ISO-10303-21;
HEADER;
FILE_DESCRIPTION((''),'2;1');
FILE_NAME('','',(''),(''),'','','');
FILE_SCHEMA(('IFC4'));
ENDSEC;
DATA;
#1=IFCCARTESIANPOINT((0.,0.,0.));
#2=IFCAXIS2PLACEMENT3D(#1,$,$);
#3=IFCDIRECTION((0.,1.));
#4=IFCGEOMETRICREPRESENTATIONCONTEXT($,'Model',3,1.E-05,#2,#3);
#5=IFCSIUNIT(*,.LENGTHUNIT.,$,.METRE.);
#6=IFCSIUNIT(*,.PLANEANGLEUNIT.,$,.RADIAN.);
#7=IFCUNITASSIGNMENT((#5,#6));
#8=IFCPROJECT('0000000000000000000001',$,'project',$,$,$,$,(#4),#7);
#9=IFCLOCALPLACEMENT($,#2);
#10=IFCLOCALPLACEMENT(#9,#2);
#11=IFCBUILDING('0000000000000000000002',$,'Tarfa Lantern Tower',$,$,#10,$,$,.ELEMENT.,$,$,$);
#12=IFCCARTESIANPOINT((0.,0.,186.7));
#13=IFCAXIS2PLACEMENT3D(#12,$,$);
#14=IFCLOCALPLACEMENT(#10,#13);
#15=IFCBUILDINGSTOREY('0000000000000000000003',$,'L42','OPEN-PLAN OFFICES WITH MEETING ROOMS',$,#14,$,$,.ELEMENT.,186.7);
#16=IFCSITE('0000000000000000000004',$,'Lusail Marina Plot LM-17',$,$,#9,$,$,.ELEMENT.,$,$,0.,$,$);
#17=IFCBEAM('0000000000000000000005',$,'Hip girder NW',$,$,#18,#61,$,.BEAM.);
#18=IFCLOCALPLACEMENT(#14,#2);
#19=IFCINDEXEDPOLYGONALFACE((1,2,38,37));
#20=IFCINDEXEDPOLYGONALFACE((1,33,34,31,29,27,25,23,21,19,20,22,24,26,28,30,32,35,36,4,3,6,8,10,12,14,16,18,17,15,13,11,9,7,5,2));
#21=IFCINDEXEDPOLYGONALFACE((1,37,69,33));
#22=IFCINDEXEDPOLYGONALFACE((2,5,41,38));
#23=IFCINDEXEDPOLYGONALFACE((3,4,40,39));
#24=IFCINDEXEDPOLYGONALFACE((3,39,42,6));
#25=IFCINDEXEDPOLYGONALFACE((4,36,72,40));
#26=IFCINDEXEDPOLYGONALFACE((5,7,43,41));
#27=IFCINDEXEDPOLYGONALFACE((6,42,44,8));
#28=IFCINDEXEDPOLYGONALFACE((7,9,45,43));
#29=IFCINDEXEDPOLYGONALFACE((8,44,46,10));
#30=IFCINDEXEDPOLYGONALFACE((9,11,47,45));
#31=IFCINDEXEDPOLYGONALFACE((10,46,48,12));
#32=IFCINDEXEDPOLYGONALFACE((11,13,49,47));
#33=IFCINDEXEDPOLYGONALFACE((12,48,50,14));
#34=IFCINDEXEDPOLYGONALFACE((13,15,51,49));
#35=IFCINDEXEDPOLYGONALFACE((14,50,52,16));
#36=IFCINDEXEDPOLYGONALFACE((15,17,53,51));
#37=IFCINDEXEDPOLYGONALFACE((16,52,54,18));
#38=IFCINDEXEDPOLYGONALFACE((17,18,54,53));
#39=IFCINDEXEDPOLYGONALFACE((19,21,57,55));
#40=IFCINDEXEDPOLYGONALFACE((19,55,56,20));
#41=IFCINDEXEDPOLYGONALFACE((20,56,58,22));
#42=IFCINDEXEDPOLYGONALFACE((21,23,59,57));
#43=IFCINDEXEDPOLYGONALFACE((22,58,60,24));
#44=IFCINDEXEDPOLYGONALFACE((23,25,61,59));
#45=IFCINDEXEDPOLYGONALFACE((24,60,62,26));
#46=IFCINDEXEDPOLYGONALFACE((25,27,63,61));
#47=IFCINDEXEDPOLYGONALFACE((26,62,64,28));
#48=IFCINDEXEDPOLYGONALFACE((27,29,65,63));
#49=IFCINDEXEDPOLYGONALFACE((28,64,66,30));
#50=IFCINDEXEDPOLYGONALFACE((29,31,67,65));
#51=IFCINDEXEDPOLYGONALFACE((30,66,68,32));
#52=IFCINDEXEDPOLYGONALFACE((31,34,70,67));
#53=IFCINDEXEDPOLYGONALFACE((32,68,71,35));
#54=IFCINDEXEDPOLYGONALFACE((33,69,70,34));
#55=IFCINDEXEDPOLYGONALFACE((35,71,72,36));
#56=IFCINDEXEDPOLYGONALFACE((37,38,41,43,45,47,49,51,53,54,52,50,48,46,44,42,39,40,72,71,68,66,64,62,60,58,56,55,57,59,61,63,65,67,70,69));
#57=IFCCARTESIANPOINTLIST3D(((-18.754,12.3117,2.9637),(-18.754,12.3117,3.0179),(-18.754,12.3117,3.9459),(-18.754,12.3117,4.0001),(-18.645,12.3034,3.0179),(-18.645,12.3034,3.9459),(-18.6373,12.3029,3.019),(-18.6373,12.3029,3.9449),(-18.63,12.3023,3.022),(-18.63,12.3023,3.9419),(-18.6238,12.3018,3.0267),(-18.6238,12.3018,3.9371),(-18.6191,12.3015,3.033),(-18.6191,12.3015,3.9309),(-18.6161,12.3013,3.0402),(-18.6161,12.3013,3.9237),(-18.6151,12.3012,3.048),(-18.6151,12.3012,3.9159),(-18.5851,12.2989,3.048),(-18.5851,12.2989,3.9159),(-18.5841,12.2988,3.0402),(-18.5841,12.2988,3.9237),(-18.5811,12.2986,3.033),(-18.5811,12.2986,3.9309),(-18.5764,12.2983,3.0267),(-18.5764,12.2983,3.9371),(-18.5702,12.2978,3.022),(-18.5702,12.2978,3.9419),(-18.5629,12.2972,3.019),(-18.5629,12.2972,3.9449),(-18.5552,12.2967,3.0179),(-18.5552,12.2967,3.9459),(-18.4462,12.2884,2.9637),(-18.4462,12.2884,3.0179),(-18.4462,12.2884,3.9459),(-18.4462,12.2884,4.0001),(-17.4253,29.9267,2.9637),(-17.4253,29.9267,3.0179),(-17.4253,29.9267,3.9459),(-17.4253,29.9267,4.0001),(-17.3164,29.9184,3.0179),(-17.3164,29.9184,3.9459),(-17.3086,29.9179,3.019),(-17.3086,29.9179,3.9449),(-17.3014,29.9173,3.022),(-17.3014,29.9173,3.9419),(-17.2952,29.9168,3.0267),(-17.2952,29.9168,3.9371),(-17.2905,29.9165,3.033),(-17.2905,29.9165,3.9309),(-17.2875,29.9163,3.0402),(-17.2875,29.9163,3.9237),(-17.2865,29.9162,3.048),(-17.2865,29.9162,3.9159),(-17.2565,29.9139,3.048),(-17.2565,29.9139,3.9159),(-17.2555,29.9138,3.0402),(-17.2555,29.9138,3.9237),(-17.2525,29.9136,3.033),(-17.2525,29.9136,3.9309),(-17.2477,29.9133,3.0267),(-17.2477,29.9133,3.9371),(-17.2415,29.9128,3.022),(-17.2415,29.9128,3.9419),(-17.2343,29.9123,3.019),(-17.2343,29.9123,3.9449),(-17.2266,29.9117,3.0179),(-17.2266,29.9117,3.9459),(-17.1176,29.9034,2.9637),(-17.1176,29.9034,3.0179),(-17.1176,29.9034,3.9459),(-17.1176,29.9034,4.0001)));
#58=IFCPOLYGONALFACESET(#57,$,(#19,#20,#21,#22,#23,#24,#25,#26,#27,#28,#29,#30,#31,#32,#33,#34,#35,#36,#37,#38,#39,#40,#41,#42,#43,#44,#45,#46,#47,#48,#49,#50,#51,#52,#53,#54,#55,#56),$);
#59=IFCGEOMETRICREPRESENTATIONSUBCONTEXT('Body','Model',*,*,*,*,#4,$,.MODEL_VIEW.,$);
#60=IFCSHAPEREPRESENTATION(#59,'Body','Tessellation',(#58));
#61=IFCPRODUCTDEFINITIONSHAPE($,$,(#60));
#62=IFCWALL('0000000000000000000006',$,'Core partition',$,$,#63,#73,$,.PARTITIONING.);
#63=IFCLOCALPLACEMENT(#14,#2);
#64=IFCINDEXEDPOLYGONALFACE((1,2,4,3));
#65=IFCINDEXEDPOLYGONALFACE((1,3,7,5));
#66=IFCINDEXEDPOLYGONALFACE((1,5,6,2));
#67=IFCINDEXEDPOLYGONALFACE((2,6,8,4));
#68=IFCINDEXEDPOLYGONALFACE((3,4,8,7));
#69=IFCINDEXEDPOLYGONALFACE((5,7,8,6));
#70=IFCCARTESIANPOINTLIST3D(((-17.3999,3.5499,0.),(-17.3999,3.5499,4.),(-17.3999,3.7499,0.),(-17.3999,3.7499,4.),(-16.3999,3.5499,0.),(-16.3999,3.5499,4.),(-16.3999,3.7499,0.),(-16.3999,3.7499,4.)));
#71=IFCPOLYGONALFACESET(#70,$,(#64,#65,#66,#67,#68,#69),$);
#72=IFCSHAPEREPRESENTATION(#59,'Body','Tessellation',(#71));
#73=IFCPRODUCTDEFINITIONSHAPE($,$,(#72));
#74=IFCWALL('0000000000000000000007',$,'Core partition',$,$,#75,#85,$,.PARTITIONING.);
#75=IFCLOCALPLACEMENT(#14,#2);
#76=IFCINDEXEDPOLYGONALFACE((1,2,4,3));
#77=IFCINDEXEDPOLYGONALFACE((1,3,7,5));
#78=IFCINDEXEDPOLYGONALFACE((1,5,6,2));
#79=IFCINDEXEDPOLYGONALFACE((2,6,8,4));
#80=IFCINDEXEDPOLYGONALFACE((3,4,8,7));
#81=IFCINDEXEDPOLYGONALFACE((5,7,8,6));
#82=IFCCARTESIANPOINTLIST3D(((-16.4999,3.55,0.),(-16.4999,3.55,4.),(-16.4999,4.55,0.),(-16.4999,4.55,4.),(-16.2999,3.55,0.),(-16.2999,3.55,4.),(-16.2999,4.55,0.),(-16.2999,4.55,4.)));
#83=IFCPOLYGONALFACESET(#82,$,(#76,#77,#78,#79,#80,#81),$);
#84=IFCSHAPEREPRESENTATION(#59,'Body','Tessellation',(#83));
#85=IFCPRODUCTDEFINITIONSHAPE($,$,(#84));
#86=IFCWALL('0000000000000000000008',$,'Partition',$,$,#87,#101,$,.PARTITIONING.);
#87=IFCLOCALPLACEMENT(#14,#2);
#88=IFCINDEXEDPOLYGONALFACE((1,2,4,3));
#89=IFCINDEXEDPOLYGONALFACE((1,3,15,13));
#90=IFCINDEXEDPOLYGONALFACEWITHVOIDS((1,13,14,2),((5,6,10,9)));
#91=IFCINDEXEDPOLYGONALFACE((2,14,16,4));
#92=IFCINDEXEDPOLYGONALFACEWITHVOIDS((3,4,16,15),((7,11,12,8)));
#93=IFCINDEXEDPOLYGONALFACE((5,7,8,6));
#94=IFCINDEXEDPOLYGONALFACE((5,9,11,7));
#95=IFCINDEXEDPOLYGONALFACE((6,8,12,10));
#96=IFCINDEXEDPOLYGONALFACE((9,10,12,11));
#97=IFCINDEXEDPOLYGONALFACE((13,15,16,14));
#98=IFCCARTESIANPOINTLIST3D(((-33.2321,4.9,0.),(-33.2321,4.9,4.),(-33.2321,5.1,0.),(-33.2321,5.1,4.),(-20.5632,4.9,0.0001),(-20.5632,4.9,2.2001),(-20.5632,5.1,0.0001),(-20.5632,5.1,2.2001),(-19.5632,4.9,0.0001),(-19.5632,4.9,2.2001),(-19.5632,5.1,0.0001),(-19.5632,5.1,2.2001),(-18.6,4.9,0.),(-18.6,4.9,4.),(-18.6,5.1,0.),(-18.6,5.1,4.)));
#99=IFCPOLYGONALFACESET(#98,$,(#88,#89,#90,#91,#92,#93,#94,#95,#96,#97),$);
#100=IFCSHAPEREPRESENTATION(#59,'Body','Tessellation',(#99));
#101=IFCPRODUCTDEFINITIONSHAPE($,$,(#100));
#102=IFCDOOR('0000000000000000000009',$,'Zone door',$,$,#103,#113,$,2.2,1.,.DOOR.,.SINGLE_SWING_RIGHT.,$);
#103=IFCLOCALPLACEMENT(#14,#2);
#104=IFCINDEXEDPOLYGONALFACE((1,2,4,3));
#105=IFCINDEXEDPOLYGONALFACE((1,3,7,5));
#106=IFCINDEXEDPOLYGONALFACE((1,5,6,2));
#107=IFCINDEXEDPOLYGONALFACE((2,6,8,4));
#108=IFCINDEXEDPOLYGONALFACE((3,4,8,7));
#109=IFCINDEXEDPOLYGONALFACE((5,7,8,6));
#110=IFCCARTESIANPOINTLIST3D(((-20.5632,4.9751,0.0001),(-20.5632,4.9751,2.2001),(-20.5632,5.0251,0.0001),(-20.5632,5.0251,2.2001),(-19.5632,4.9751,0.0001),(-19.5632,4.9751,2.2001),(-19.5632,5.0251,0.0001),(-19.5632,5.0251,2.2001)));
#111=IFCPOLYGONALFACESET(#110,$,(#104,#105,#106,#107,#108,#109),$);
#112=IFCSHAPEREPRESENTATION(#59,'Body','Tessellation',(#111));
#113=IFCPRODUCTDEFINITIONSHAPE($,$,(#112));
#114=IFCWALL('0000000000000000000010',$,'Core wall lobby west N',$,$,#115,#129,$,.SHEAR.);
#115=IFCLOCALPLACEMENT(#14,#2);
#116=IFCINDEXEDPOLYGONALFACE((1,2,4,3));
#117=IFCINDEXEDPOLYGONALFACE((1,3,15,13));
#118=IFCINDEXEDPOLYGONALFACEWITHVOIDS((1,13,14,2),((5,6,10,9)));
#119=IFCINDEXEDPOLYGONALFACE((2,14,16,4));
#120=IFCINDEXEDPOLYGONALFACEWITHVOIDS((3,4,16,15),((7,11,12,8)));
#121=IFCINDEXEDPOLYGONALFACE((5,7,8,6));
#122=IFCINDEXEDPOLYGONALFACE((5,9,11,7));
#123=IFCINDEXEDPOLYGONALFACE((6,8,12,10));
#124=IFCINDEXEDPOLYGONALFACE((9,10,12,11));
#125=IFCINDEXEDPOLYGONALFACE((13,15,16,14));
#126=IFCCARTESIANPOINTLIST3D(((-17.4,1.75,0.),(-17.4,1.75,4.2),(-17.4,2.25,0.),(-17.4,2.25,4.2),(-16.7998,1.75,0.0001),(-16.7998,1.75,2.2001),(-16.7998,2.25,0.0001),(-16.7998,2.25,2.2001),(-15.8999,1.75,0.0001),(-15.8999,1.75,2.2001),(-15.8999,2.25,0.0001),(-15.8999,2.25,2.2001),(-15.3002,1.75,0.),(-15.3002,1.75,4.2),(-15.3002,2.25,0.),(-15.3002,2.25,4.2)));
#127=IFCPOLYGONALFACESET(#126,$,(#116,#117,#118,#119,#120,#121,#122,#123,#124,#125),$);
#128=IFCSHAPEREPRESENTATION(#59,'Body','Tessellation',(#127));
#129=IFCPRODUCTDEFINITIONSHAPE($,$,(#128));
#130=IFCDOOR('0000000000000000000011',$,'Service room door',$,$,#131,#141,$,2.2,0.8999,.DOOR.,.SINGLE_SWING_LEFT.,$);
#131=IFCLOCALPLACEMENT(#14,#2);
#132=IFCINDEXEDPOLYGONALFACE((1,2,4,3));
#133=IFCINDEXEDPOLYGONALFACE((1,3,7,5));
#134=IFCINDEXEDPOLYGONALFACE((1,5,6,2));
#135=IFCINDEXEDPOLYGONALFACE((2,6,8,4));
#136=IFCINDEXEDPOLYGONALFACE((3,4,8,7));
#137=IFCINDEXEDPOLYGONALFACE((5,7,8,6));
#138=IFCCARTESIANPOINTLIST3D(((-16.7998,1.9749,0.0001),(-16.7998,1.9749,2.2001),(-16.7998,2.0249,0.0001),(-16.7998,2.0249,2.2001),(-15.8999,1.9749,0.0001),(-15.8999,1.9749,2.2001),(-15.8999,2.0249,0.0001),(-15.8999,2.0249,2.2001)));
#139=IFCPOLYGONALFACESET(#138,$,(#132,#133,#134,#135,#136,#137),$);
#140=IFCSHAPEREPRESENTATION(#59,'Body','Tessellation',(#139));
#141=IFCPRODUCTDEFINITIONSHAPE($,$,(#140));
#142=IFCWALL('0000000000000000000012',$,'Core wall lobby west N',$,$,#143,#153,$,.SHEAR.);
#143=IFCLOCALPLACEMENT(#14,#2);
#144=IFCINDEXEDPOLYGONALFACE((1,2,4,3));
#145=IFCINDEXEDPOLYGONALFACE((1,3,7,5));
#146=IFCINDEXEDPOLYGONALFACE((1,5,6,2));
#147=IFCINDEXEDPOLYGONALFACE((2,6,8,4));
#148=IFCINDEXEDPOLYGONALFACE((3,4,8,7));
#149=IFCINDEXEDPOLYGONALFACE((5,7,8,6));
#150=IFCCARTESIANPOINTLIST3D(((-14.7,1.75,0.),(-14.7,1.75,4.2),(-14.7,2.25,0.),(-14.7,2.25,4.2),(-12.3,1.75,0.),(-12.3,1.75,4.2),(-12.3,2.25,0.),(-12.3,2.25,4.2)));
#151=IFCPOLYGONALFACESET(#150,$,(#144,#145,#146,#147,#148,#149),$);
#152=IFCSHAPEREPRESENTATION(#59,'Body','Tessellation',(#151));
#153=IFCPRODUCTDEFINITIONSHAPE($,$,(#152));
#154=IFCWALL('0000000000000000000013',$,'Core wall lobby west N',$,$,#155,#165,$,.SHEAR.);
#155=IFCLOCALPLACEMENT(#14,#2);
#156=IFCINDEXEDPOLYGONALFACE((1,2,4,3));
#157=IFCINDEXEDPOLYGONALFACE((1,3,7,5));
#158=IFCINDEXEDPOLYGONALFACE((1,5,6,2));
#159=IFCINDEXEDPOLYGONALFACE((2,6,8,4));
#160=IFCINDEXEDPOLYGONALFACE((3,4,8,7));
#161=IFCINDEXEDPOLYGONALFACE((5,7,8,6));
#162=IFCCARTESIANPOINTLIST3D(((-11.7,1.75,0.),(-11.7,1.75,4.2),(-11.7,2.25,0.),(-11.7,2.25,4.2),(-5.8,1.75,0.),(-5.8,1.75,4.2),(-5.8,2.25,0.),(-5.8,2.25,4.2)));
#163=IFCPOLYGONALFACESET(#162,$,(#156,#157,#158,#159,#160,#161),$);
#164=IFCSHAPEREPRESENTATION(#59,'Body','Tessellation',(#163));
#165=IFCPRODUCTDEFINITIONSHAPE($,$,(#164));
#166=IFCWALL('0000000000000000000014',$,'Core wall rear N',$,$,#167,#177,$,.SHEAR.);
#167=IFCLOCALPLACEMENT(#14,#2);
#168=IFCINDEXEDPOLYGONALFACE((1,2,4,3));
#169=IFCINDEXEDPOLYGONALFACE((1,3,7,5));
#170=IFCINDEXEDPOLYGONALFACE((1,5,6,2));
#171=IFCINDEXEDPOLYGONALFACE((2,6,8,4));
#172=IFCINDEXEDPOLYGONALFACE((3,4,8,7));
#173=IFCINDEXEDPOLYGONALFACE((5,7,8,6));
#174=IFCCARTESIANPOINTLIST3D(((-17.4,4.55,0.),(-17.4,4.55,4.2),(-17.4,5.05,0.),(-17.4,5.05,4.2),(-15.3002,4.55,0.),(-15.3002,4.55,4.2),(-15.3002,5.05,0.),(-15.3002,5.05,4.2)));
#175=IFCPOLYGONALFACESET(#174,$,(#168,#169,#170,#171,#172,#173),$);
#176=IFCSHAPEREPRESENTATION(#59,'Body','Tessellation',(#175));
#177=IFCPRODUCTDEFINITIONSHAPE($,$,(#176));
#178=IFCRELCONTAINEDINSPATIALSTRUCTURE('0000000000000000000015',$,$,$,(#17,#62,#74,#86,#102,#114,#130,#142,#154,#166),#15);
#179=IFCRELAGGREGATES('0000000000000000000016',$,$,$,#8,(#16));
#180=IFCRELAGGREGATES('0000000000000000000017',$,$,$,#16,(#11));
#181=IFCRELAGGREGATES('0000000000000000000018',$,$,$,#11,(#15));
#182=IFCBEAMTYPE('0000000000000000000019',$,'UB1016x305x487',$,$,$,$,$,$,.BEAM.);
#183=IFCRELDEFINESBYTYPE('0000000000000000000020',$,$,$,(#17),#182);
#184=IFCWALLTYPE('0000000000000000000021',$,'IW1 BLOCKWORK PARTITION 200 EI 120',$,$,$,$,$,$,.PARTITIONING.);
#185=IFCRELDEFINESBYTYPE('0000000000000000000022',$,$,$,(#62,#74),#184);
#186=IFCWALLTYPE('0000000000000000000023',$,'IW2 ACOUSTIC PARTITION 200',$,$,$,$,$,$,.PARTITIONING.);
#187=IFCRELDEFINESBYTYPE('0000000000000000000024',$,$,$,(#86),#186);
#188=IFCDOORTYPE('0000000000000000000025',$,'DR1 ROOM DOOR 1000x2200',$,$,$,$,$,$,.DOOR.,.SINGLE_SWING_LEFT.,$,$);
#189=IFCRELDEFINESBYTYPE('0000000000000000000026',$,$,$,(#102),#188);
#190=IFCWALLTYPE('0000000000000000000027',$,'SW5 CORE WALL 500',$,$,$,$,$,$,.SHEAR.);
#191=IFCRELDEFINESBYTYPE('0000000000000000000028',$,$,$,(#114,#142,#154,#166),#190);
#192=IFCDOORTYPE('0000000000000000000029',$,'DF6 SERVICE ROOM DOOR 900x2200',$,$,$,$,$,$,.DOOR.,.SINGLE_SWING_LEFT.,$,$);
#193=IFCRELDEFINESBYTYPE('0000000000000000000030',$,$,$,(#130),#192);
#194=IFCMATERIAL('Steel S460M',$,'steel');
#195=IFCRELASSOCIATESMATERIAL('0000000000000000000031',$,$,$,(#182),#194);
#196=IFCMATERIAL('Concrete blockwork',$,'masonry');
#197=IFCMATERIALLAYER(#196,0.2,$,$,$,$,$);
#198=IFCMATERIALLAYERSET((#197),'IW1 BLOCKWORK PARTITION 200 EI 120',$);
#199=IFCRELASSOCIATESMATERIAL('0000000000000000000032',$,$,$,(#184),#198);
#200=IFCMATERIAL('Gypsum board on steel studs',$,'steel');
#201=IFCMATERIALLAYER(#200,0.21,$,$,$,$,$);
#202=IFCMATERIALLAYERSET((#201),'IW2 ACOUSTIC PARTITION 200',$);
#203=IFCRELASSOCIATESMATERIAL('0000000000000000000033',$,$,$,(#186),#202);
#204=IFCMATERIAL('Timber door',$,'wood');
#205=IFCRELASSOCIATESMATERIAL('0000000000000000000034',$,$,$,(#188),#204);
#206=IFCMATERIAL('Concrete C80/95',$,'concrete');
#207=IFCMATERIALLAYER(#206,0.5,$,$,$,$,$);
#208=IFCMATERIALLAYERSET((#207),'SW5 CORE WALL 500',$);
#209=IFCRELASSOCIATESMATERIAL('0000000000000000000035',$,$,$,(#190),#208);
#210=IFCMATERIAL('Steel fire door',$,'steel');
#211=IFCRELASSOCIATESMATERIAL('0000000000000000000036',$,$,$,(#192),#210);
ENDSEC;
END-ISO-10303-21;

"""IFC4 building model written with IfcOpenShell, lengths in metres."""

from ifc_helpers import new_model, si_unit, direction, frame, frame_2d, origin, origin_2d, place, context, subcontext, project, spatial, rectangle, i_section, extrude, material, layer, layer_set, material_profile, profile_set, type_object, element, fill, save


model = new_model("IFC4")

# Units and contexts
model_context = context("Model", 3, precision=1e-05, world=origin(), true_north=direction((0.0, 1.0)))
body_context = subcontext(model_context, "Body", "Model", "MODEL_VIEW")
ifc_project = project(units=[si_unit("LENGTHUNIT", "METRE"), si_unit("PLANEANGLEUNIT", "RADIAN")], contexts=[model_context])

# Site, building, storey
site_placement = place(None, origin())
site = spatial("IfcSite", under=ifc_project, at=site_placement, Name="Lusail Marina Plot LM-17", CompositionType="ELEMENT", RefElevation=0.0)
building_placement = place(site_placement, origin())
building = spatial("IfcBuilding", under=site, at=building_placement, Name="Tarfa Lantern Tower", CompositionType="ELEMENT")
storey_placement = place(building_placement, frame((0.0, 0.0, 186.7)))
storey = spatial("IfcBuildingStorey", under=building, at=storey_placement, Name="L42", Description="OPEN-PLAN OFFICES WITH MEETING ROOMS", CompositionType="ELEMENT", Elevation=186.7)

# Beam
ifc_material_1 = material(Name="Steel S460M", Category="steel")
ifc_material_profile = material_profile(ifc_material_1, i_section(OverallWidth=0.3086, OverallDepth=1.0364, WebThickness=0.03, FlangeThickness=0.0542, FilletRadius=0.03, at=origin_2d()), Name="UB1016x305x487")
ifc_profile_set = profile_set([ifc_material_profile], Name="Steel S460M")
beam_type = type_object("IfcBeamType", Name="UB1016x305x487", PredefinedType="BEAM", material=ifc_profile_set)
beam_placement = place(storey_placement, frame((-18.6001, 12.3, 3.4819), z_axis=(0.075212, 0.997168, 0.0), x_axis=(-0.997168, 0.075212, 0.0)))
element("IfcBeam", 1, at=beam_placement, inside=storey, type_object=beam_type, Name="Hip girder NW", PredefinedType="BEAM", context=body_context, shape_type="SweptSolid", body=[
    extrude(i_section(OverallWidth=0.3086, OverallDepth=1.0364, WebThickness=0.03, FlangeThickness=0.0542, FilletRadius=0.03, at=origin_2d()), origin(), (0.0, 0.0, 1.0), 17.665),
])

# Walls
ifc_material_2 = material(Name="Concrete blockwork", Category="masonry")
ifc_layer_1 = layer(ifc_material_2, 0.2)
ifc_layer_set_1 = layer_set([ifc_layer_1], Name="IW1 BLOCKWORK PARTITION 200 EI 120")
wall_type_1 = type_object("IfcWallType", Name="IW1 BLOCKWORK PARTITION 200 EI 120", PredefinedType="PARTITIONING", material=ifc_layer_set_1)
for number, where, z_axis, x_axis, name in (
    (2, (-17.3999, 3.6499, 0.0), (0.0, 0.0, 1.0), (1.0, 0.0, 0.0), "Core partition"),
    (3, (-16.3999, 3.55, 0.0), (0.0, 0.0, 1.0), (0.0, 1.0, 0.0), "Core partition"),
):
    element("IfcWall", number, at=place(storey_placement, frame(where, z_axis=z_axis, x_axis=x_axis)), inside=storey, type_object=wall_type_1, Name=name, PredefinedType="PARTITIONING", context=body_context, shape_type="SweptSolid", body=[
        extrude(rectangle(XDim=1.0, YDim=0.2, at=frame_2d((0.5, 0.0))), origin(), (0.0, 0.0, 1.0), 4.0),
    ])

# Walls, openings, doors
ifc_material_3 = material(Name="Gypsum board on steel studs", Category="steel")
ifc_layer_2 = layer(ifc_material_3, 0.21)
ifc_layer_set_2 = layer_set([ifc_layer_2], Name="IW2 ACOUSTIC PARTITION 200")
wall_type_2 = type_object("IfcWallType", Name="IW2 ACOUSTIC PARTITION 200", PredefinedType="PARTITIONING", material=ifc_layer_set_2)
wall_1_placement = place(storey_placement, frame((-18.6001, 5.0, 0.0), z_axis=(0.0, 0.0, 1.0), x_axis=(-1.0, 0.0, 0.0)))
wall_1 = element("IfcWall", 4, at=wall_1_placement, inside=storey, type_object=wall_type_2, Name="Partition", PredefinedType="PARTITIONING", context=body_context, shape_type="SweptSolid", body=[
    extrude(rectangle(XDim=14.6321, YDim=0.2, at=frame_2d((7.3159, 0.0))), origin(), (0.0, 0.0, 1.0), 4.0),
])
opening_1_placement = place(wall_1_placement, frame((0.9631, 0.0, 0.0)))
opening_1 = element("IfcOpeningElement", 5, at=opening_1_placement, cuts=wall_1, PredefinedType="OPENING", context=body_context, shape_type="SweptSolid", body=[
    extrude(rectangle(XDim=1.0, YDim=2.2, at=frame_2d((0.5, 1.1001))), frame((0.0, 0.1099, 0.0), z_axis=(0.0, -1.0, 0.0), x_axis=(1.0, 0.0, 0.0)), (0.0, 0.0, 1.0), 0.22),
])
ifc_material_4 = material(Name="Timber door", Category="wood")
door_type_1 = type_object("IfcDoorType", Name="DR1 ROOM DOOR 1000x2200", OperationType="SINGLE_SWING_LEFT", PredefinedType="DOOR", material=ifc_material_4)
door_1_placement = place(opening_1_placement, origin())
door_1 = element("IfcDoor", 6, at=door_1_placement, inside=storey, type_object=door_type_1, Name="Zone door", OperationType="SINGLE_SWING_RIGHT", OverallHeight=2.2, OverallWidth=1.0, PredefinedType="DOOR", context=body_context, shape_type="SweptSolid", body=[
    extrude(rectangle(XDim=1.0, YDim=2.2, at=frame_2d((0.5, 1.1001))), frame((0.0, 0.0249, 0.0), z_axis=(0.0, -1.0, 0.0), x_axis=(1.0, 0.0, 0.0)), (0.0, 0.0, 1.0), 0.05),
])
fill(opening_1, door_1)
ifc_material_5 = material(Name="Concrete C80/95", Category="concrete")
ifc_material_6 = material(Name="Steel fire door", Category="steel")
ifc_layer_3 = layer(ifc_material_5, 0.5)
ifc_layer_set_3 = layer_set([ifc_layer_3], Name="SW5 CORE WALL 500")
wall_type_3 = type_object("IfcWallType", Name="SW5 CORE WALL 500", PredefinedType="SHEAR", material=ifc_layer_set_3)
wall_2_placement = place(storey_placement, frame((-17.3999, 2.0, 0.0), z_axis=(0.0, 0.0, 1.0), x_axis=(1.0, 0.0, 0.0)))
wall_2 = element("IfcWall", 7, at=wall_2_placement, inside=storey, type_object=wall_type_3, Name="Core wall lobby west N", PredefinedType="SHEAR", context=body_context, shape_type="SweptSolid", body=[
    extrude(rectangle(XDim=2.0999, YDim=0.5, at=frame_2d((1.0498, 0.0))), origin(), (0.0, 0.0, 1.0), 4.2),
])
opening_2_placement = place(wall_2_placement, frame((0.6001, 0.0, 0.0)))
opening_2 = element("IfcOpeningElement", 8, at=opening_2_placement, cuts=wall_2, PredefinedType="OPENING", context=body_context, shape_type="SweptSolid", body=[
    extrude(rectangle(XDim=0.8999, YDim=2.2, at=frame_2d((0.45, 1.1001))), frame((0.0, 0.26, 0.0), z_axis=(0.0, -1.0, 0.0), x_axis=(1.0, 0.0, 0.0)), (0.0, 0.0, 1.0), 0.52),
])
door_type_2 = type_object("IfcDoorType", Name="DF6 SERVICE ROOM DOOR 900x2200", OperationType="SINGLE_SWING_LEFT", PredefinedType="DOOR", material=ifc_material_6)
door_2_placement = place(opening_2_placement, origin())
door_2 = element("IfcDoor", 9, at=door_2_placement, inside=storey, type_object=door_type_2, Name="Service room door", OperationType="SINGLE_SWING_LEFT", OverallHeight=2.2, OverallWidth=0.8999, PredefinedType="DOOR", context=body_context, shape_type="SweptSolid", body=[
    extrude(rectangle(XDim=0.8999, YDim=2.2, at=frame_2d((0.45, 1.1001))), frame((0.0, 0.0249, 0.0), z_axis=(0.0, -1.0, 0.0), x_axis=(1.0, 0.0, 0.0)), (0.0, 0.0, 1.0), 0.05),
])
fill(opening_2, door_2)

# Walls
wall_3_placement = place(storey_placement, frame((-14.7, 2.0, 0.0), z_axis=(0.0, 0.0, 1.0), x_axis=(1.0, 0.0, 0.0)))
element("IfcWall", 10, at=wall_3_placement, inside=storey, type_object=wall_type_3, Name="Core wall lobby west N", PredefinedType="SHEAR", context=body_context, shape_type="SweptSolid", body=[
    extrude(rectangle(XDim=2.3999, YDim=0.5, at=frame_2d((1.2, 0.0))), origin(), (0.0, 0.0, 1.0), 4.2),
])
wall_4_placement = place(storey_placement, frame((-11.7, 2.0, 0.0), z_axis=(0.0, 0.0, 1.0), x_axis=(1.0, 0.0, 0.0)))
element("IfcWall", 11, at=wall_4_placement, inside=storey, type_object=wall_type_3, Name="Core wall lobby west N", PredefinedType="SHEAR", context=body_context, shape_type="SweptSolid", body=[
    extrude(rectangle(XDim=5.8999, YDim=0.5, at=frame_2d((2.95, 0.0))), origin(), (0.0, 0.0, 1.0), 4.2),
])
wall_5_placement = place(storey_placement, frame((-17.3999, 4.8, 0.0), z_axis=(0.0, 0.0, 1.0), x_axis=(1.0, 0.0, 0.0)))
element("IfcWall", 12, at=wall_5_placement, inside=storey, type_object=wall_type_3, Name="Core wall rear N", PredefinedType="SHEAR", context=body_context, shape_type="SweptSolid", body=[
    extrude(rectangle(XDim=2.0999, YDim=0.5, at=frame_2d((1.0498, 0.0))), origin(), (0.0, 0.0, 1.0), 4.2),
])

save(model, "model.ifc")
